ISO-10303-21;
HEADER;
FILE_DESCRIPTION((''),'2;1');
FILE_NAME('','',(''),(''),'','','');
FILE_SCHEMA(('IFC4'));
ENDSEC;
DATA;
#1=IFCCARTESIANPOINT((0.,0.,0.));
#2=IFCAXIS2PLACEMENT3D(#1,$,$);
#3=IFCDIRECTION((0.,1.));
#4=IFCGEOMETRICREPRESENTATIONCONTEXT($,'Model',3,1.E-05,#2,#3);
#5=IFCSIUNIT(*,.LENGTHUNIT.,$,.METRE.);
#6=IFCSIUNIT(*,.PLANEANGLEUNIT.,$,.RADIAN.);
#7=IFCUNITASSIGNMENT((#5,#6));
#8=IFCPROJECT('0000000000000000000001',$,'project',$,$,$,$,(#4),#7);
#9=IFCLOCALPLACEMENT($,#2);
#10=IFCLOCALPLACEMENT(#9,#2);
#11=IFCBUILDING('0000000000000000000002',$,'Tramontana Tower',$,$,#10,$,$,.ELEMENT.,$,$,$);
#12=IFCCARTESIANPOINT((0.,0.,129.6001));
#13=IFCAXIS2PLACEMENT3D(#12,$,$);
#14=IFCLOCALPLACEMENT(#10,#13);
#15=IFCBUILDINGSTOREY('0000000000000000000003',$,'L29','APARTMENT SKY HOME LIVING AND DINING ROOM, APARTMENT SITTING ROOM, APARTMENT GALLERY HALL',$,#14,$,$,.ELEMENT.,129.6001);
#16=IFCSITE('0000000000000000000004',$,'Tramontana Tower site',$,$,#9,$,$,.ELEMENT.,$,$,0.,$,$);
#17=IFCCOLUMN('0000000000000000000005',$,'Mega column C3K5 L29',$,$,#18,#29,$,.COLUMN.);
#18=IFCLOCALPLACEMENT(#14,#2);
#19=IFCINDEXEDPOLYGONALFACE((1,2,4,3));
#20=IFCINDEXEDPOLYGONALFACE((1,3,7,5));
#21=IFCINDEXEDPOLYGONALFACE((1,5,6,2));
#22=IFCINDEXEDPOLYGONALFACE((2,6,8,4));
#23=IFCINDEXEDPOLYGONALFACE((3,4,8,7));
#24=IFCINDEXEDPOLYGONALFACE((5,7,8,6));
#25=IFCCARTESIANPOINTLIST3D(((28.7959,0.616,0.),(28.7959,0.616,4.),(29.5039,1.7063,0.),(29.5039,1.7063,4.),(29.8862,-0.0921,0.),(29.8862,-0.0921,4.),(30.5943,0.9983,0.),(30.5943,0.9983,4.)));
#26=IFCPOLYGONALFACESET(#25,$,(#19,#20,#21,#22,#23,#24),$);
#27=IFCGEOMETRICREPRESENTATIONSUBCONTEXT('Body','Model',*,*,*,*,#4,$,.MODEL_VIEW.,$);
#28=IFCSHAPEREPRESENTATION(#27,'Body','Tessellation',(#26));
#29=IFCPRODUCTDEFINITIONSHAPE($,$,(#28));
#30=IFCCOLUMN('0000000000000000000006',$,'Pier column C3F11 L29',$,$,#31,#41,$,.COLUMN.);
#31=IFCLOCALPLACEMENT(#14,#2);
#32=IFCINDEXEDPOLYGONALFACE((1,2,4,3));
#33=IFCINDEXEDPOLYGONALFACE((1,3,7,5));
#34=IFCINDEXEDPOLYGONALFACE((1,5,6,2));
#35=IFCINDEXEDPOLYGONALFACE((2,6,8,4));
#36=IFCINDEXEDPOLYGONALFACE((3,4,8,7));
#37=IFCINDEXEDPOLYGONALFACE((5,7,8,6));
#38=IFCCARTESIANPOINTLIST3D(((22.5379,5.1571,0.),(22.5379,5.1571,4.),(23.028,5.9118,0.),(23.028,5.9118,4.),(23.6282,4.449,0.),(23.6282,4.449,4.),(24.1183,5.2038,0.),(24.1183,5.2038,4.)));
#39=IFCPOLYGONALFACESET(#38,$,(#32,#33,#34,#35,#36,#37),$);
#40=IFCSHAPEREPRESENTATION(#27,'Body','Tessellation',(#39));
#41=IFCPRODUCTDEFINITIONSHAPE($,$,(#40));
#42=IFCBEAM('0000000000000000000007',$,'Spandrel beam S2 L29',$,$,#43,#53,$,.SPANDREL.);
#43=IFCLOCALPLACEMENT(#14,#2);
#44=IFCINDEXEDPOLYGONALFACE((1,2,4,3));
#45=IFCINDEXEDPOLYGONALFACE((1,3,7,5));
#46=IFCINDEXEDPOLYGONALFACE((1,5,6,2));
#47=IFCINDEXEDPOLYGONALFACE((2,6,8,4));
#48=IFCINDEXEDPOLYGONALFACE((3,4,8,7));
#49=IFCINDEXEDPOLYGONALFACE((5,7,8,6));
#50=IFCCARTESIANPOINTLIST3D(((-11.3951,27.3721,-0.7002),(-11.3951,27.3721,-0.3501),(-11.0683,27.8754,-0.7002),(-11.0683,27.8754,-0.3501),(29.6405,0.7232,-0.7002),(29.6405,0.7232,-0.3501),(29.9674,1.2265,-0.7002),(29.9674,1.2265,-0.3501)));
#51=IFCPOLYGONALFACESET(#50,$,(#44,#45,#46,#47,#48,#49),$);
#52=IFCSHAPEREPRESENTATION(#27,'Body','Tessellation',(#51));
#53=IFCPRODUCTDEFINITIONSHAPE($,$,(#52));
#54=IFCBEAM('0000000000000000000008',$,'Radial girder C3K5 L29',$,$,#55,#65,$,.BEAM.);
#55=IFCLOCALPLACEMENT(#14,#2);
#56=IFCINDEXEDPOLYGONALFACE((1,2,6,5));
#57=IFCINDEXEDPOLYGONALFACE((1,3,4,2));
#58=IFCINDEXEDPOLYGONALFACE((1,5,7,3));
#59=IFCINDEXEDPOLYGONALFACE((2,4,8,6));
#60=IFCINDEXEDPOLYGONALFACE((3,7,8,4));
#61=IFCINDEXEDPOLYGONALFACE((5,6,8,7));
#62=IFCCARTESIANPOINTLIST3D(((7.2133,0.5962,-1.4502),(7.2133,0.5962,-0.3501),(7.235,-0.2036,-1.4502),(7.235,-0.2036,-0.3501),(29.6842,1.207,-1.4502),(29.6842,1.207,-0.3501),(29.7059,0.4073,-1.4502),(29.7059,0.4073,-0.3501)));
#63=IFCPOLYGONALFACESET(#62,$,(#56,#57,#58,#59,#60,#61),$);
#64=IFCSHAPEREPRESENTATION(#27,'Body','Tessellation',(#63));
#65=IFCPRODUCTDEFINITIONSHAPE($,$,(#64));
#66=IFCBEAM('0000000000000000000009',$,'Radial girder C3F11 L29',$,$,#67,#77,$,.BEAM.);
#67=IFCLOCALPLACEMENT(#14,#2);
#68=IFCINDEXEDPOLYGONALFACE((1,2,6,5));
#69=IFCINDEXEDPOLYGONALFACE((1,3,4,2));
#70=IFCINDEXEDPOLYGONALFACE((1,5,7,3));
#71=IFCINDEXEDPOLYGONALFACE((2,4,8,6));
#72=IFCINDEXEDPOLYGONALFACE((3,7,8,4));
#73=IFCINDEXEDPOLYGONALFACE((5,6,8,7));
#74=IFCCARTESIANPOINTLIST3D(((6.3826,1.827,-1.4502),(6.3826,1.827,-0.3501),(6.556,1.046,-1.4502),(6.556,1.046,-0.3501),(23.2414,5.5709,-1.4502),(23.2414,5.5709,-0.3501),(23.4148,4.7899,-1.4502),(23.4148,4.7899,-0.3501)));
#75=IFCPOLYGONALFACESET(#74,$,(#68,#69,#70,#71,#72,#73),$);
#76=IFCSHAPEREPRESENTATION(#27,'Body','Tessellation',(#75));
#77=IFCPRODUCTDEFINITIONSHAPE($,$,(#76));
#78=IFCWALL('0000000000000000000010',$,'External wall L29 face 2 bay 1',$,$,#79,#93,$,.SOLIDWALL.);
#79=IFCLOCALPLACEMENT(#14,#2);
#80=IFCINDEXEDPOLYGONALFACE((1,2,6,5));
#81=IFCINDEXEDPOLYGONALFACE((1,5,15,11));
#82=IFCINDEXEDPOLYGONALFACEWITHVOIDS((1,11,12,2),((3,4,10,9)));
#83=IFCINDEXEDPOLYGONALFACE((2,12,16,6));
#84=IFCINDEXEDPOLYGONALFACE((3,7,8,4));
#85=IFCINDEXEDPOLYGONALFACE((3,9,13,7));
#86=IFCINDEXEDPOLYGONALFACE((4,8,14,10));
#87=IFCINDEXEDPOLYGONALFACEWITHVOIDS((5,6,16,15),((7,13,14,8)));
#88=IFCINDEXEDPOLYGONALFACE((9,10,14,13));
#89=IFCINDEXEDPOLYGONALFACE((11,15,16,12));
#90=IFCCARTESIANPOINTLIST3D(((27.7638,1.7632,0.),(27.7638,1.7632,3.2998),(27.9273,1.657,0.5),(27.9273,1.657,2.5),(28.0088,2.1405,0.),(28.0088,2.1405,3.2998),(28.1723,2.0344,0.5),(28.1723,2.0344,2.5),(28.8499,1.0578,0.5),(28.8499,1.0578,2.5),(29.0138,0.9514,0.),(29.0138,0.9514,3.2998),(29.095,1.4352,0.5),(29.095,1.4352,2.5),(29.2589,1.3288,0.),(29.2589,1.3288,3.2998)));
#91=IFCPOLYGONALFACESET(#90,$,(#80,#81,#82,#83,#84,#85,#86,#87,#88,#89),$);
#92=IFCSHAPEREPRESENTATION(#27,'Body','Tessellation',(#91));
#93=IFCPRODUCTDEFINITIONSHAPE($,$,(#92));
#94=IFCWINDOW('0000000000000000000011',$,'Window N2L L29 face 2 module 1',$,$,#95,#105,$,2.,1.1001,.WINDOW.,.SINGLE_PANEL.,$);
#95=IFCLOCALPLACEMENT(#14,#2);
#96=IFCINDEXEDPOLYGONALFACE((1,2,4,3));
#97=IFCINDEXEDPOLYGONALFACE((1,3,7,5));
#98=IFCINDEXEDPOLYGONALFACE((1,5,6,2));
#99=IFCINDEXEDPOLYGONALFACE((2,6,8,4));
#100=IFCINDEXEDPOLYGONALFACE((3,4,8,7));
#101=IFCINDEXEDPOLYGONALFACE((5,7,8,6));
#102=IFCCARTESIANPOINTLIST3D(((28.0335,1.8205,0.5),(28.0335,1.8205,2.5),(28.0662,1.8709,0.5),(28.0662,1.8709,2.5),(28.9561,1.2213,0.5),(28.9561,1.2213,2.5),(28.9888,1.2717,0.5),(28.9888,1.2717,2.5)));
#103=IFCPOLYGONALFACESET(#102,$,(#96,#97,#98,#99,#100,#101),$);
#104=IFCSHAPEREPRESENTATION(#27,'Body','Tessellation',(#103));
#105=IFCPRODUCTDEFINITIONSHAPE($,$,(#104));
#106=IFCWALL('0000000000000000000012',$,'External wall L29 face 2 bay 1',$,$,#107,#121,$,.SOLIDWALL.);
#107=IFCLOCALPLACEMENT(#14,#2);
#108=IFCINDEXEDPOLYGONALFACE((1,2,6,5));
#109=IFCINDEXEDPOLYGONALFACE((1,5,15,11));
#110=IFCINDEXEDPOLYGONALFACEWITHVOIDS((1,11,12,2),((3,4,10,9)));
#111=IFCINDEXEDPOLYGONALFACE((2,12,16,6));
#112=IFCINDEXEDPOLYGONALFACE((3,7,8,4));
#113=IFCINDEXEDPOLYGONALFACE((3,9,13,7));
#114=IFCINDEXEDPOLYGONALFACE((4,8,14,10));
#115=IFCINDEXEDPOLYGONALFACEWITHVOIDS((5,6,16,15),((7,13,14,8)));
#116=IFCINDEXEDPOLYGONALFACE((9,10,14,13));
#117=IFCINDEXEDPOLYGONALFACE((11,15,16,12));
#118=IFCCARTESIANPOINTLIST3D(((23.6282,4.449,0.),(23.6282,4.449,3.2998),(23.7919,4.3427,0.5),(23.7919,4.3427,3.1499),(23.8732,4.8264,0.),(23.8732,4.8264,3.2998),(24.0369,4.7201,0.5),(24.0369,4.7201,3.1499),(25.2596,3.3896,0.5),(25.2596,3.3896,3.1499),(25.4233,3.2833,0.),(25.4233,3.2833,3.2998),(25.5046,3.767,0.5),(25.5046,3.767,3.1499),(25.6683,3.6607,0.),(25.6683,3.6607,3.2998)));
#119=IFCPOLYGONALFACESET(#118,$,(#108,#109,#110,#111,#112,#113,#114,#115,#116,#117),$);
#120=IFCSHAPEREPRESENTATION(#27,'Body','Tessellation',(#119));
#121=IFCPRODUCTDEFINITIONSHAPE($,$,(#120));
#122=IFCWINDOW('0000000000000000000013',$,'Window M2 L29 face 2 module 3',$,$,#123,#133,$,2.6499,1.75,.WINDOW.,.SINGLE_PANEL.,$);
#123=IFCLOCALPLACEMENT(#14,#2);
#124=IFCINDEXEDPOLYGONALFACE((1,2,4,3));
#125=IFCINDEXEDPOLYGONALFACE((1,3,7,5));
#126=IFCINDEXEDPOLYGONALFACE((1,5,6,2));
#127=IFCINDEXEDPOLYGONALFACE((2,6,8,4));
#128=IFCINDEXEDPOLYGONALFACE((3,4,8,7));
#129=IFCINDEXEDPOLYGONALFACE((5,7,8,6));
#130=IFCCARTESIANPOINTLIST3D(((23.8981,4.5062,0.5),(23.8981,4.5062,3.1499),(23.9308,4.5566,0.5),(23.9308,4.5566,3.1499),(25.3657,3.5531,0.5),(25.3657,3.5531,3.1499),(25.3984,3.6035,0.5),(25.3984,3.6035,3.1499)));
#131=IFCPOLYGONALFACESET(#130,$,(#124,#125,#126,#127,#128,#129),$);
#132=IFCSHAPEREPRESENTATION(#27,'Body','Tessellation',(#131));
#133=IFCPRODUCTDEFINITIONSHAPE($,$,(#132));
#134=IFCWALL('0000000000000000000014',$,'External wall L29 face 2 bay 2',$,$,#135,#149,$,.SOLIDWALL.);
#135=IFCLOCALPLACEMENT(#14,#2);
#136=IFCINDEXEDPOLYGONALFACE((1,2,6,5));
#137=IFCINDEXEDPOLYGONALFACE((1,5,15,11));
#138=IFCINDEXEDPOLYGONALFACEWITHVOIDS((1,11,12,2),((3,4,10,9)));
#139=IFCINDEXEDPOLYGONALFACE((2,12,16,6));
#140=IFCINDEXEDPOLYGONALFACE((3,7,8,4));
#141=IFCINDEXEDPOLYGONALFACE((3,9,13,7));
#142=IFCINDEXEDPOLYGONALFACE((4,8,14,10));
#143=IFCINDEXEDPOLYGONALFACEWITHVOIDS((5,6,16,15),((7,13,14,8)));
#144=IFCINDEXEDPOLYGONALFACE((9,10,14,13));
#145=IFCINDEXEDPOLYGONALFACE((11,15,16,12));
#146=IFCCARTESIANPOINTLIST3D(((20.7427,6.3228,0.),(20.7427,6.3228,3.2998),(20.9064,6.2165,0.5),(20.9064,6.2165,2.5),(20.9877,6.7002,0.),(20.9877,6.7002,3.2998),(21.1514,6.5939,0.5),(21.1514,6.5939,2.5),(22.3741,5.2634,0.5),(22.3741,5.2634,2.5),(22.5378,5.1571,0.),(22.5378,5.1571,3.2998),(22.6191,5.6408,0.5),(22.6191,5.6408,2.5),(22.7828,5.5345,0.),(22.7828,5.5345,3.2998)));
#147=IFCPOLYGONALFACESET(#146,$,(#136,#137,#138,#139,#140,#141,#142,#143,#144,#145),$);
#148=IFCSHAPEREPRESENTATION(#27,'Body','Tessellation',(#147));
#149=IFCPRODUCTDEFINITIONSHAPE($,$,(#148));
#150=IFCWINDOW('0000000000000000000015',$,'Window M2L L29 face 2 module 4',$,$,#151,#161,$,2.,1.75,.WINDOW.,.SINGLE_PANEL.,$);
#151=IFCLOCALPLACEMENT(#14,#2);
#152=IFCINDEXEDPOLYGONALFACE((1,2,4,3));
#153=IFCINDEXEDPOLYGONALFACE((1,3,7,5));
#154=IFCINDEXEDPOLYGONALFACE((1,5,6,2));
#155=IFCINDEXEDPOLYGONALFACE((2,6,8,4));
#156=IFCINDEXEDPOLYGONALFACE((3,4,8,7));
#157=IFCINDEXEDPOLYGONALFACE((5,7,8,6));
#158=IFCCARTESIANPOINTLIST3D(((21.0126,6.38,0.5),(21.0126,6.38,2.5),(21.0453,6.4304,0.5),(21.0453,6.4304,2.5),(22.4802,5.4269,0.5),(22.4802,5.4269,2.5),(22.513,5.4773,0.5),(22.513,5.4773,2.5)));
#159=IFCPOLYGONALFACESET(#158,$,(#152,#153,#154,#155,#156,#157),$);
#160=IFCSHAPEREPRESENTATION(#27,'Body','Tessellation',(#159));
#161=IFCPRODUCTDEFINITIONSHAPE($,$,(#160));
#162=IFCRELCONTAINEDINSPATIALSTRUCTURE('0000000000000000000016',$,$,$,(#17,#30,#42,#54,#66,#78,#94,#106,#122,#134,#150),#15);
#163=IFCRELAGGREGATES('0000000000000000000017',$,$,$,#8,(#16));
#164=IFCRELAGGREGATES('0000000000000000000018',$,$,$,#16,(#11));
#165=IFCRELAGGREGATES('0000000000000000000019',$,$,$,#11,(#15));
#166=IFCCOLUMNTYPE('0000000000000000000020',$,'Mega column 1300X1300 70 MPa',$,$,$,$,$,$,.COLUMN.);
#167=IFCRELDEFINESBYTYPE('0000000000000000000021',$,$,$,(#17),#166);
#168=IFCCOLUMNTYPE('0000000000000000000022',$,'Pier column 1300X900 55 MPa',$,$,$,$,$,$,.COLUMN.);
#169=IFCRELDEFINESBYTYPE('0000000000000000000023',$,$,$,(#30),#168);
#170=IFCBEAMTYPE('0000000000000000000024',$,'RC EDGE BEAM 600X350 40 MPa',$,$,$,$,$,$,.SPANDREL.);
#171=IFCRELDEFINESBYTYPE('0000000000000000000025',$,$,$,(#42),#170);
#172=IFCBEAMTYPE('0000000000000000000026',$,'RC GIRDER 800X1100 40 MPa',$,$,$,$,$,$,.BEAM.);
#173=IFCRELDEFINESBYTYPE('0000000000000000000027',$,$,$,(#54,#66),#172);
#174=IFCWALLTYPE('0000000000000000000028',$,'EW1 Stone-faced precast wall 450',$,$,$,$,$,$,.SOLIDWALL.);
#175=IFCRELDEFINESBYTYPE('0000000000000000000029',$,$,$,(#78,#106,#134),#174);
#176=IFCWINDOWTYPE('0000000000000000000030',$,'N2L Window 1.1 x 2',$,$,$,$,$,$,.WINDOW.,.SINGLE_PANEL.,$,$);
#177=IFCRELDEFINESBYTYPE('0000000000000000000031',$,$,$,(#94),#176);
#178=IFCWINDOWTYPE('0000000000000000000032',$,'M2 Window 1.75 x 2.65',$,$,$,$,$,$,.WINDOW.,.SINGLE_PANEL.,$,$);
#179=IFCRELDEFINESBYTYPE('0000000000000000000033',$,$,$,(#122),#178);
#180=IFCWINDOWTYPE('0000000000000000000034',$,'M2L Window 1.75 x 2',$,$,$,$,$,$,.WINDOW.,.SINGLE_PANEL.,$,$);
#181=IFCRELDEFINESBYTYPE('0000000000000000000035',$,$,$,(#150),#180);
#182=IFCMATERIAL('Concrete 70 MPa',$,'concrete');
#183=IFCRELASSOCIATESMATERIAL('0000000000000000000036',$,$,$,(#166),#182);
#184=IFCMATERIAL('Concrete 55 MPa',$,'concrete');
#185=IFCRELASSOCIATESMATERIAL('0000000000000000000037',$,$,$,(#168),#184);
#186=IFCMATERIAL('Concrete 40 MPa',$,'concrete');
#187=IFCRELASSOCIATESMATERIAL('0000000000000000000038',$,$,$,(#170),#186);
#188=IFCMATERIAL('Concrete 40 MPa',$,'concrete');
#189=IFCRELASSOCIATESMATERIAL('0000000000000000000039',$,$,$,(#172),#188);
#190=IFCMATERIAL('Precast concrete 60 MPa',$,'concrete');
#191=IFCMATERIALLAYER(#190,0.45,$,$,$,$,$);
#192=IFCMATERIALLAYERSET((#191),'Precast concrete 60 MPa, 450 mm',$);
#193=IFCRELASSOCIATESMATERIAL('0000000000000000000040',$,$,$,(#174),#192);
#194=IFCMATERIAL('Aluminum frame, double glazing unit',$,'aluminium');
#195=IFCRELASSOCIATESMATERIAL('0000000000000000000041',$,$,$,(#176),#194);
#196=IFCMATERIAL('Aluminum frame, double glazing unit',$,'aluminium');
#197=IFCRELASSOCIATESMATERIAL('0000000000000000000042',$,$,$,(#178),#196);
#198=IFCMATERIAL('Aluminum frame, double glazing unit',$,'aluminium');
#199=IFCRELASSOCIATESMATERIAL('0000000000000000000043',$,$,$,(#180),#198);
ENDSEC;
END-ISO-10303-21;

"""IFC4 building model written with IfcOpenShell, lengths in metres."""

from ifc_helpers import new_model, si_unit, direction, frame, frame_2d, origin, origin_2d, place, context, subcontext, project, spatial, rectangle, extrude, material, layer, layer_set, material_profile, profile_set, type_object, element, fill, save


model = new_model("IFC4")

# Units and contexts
model_context = context("Model", 3, precision=1e-05, world=origin(), true_north=direction((0.0, 1.0)))
body_context = subcontext(model_context, "Body", "Model", "MODEL_VIEW")
ifc_project = project(units=[si_unit("LENGTHUNIT", "METRE"), si_unit("PLANEANGLEUNIT", "RADIAN")], contexts=[model_context])

# Site, building, storey
site_placement = place(None, origin())
site = spatial("IfcSite", under=ifc_project, at=site_placement, Name="Tramontana Tower site", CompositionType="ELEMENT", RefElevation=0.0)
building_placement = place(site_placement, origin())
building = spatial("IfcBuilding", under=site, at=building_placement, Name="Tramontana Tower", CompositionType="ELEMENT")
storey_placement = place(building_placement, frame((0.0, 0.0, 129.6001)))
storey = spatial("IfcBuildingStorey", under=building, at=storey_placement, Name="L29", Description="APARTMENT SKY HOME LIVING AND DINING ROOM, APARTMENT SITTING ROOM, APARTMENT GALLERY HALL", CompositionType="ELEMENT", Elevation=129.6001)

# Columns
ifc_material_1 = material(Name="Concrete 70 MPa", Category="concrete")
ifc_material_profile_1 = material_profile(ifc_material_1, rectangle(XDim=1.3, YDim=1.3, at=origin_2d()), Name="Mega column 1300X1300 70 MPa")
ifc_profile_set_1 = profile_set([ifc_material_profile_1], Name="Concrete 70 MPa")
column_type_1 = type_object("IfcColumnType", Name="Mega column 1300X1300 70 MPa", PredefinedType="COLUMN", material=ifc_profile_set_1)
column_1_placement = place(storey_placement, frame((29.6951, 0.8071, 0.0), z_axis=(0.0, 0.0, 1.0), x_axis=(-0.838671, 0.544639, 0.0)))
element("IfcColumn", 1, at=column_1_placement, inside=storey, type_object=column_type_1, Name="Mega column C3K5 L29", PredefinedType="COLUMN", context=body_context, shape_type="SweptSolid", body=[
    extrude(rectangle(XDim=1.3, YDim=1.3, at=origin_2d()), origin(), (0.0, 0.0, 1.0), 4.0),
])
ifc_material_2 = material(Name="Concrete 55 MPa", Category="concrete")
ifc_material_profile_2 = material_profile(ifc_material_2, rectangle(XDim=1.3, YDim=0.8999, at=origin_2d()), Name="Pier column 1300X900 55 MPa")
ifc_profile_set_2 = profile_set([ifc_material_profile_2], Name="Concrete 55 MPa")
column_type_2 = type_object("IfcColumnType", Name="Pier column 1300X900 55 MPa", PredefinedType="COLUMN", material=ifc_profile_set_2)
column_2_placement = place(storey_placement, frame((23.3281, 5.1804, 0.0), z_axis=(0.0, 0.0, 1.0), x_axis=(-0.838671, 0.544639, 0.0)))
element("IfcColumn", 2, at=column_2_placement, inside=storey, type_object=column_type_2, Name="Pier column C3F11 L29", PredefinedType="COLUMN", context=body_context, shape_type="SweptSolid", body=[
    extrude(rectangle(XDim=1.3, YDim=0.8999, at=origin_2d()), origin(), (0.0, 0.0, 1.0), 4.0),
])

# Beams
ifc_material_3 = material(Name="Concrete 40 MPa", Category="concrete")
ifc_material_profile_3 = material_profile(ifc_material_3, rectangle(XDim=0.6001, YDim=0.3501, at=origin_2d()), Name="RC EDGE BEAM 600X350 40 MPa")
ifc_profile_set_3 = profile_set([ifc_material_profile_3], Name="Concrete 40 MPa")
beam_type_1 = type_object("IfcBeamType", Name="RC EDGE BEAM 600X350 40 MPa", PredefinedType="SPANDREL", material=ifc_profile_set_3)
beam_1_placement = place(storey_placement, frame((29.804, 0.9749, -0.5251), z_axis=(-0.83867, 0.54464, 0.0), x_axis=(-0.54464, -0.83867, 0.0)))
element("IfcBeam", 3, at=beam_1_placement, inside=storey, type_object=beam_type_1, Name="Spandrel beam S2 L29", PredefinedType="SPANDREL", context=body_context, shape_type="SweptSolid", body=[
    extrude(rectangle(XDim=0.6001, YDim=0.3501, at=origin_2d()), origin(), (0.0, 0.0, 1.0), 48.9294),
])
ifc_material_4 = material(Name="Concrete 40 MPa", Category="concrete")
ifc_material_profile_4 = material_profile(ifc_material_4, rectangle(XDim=0.8, YDim=1.1001, at=origin_2d()), Name="RC GIRDER 800X1100 40 MPa")
ifc_profile_set_4 = profile_set([ifc_material_profile_4], Name="Concrete 40 MPa")
beam_type_2 = type_object("IfcBeamType", Name="RC GIRDER 800X1100 40 MPa", PredefinedType="BEAM", material=ifc_profile_set_4)
beam_2_placement = place(storey_placement, frame((29.6951, 0.8071, -0.9001), z_axis=(-0.999631, -0.027173, 0.0), x_axis=(0.027173, -0.999631, 0.0)))
element("IfcBeam", 4, at=beam_2_placement, inside=storey, type_object=beam_type_2, Name="Radial girder C3K5 L29", PredefinedType="BEAM", context=body_context, shape_type="SweptSolid", body=[
    extrude(rectangle(XDim=0.8, YDim=1.1001, at=origin_2d()), origin(), (0.0, 0.0, 1.0), 22.4792),
])
beam_3_placement = place(storey_placement, frame((23.3281, 5.1804, -0.9001), z_axis=(-0.976218, -0.216791, 0.0), x_axis=(0.216791, -0.976218, 0.0)))
element("IfcBeam", 5, at=beam_3_placement, inside=storey, type_object=beam_type_2, Name="Radial girder C3F11 L29", PredefinedType="BEAM", context=body_context, shape_type="SweptSolid", body=[
    extrude(rectangle(XDim=0.8, YDim=1.1001, at=origin_2d()), origin(), (0.0, 0.0, 1.0), 17.2695),
])

# Walls, openings, windows
ifc_material_5 = material(Name="Precast concrete 60 MPa", Category="concrete")
ifc_layer_1 = layer(ifc_material_5, 0.45)
ifc_layer_set_1 = layer_set([ifc_layer_1], Name="Precast concrete 60 MPa, 450 mm")
wall_type_1 = type_object("IfcWallType", Name="EW1 Stone-faced precast wall 450", PredefinedType="SOLIDWALL", material=ifc_layer_set_1)
wall_1_placement = place(storey_placement, frame((29.1362, 1.1401, 0.0), z_axis=(0.0, 0.0, 1.0), x_axis=(-0.838668, 0.544643, 0.0)))
wall_1 = element("IfcWall", 6, at=wall_1_placement, inside=storey, type_object=wall_type_1, Name="External wall L29 face 2 bay 1", PredefinedType="SOLIDWALL", context=body_context, shape_type="SweptSolid", body=[
    extrude(rectangle(XDim=1.4905, YDim=0.45, at=frame_2d((0.7451, 0.0))), origin(), (0.0, 0.0, 1.0), 3.2998),
])
opening_1_placement = place(wall_1_placement, frame((0.1953, 0.0, 0.5)))
opening_1 = element("IfcOpeningElement", 7, at=opening_1_placement, cuts=wall_1, PredefinedType="OPENING", context=body_context, shape_type="SweptSolid", body=[
    extrude(rectangle(XDim=1.1001, YDim=2.0, at=frame_2d((0.55, 1.0))), frame((0.0, 0.2349, 0.0), z_axis=(0.0, -1.0, 0.0), x_axis=(1.0, 0.0, 0.0)), (0.0, 0.0, 1.0), 0.47),
])
ifc_material_6 = material(Name="Aluminum frame, double glazing unit", Category="aluminium")
window_type_1 = type_object("IfcWindowType", Name="N2L Window 1.1 x 2", PartitioningType="SINGLE_PANEL", PredefinedType="WINDOW", material=ifc_material_6)
window_1_placement = place(opening_1_placement, origin())
window_1 = element("IfcWindow", 8, at=window_1_placement, inside=storey, type_object=window_type_1, Name="Window N2L L29 face 2 module 1", OverallHeight=2.0, OverallWidth=1.1001, PartitioningType="SINGLE_PANEL", PredefinedType="WINDOW", context=body_context, shape_type="SweptSolid", body=[
    extrude(rectangle(XDim=1.1001, YDim=2.0, at=frame_2d((0.55, 1.0))), frame((0.0, 0.03, 0.0), z_axis=(0.0, -1.0, 0.0), x_axis=(1.0, 0.0, 0.0)), (0.0, 0.0, 1.0), 0.0601),
])
fill(opening_1, window_1)
wall_2_placement = place(storey_placement, frame((25.5459, 3.4719, 0.0), z_axis=(0.0, 0.0, 1.0), x_axis=(-0.838675, 0.544631, 0.0)))
wall_2 = element("IfcWall", 9, at=wall_2_placement, inside=storey, type_object=wall_type_1, Name="External wall L29 face 2 bay 1", PredefinedType="SOLIDWALL", context=body_context, shape_type="SweptSolid", body=[
    extrude(rectangle(XDim=2.1404, YDim=0.45, at=frame_2d((1.0703, 0.0))), origin(), (0.0, 0.0, 1.0), 3.2998),
])
opening_2_placement = place(wall_2_placement, frame((0.1953, 0.0, 0.5)))
opening_2 = element("IfcOpeningElement", 10, at=opening_2_placement, cuts=wall_2, PredefinedType="OPENING", context=body_context, shape_type="SweptSolid", body=[
    extrude(rectangle(XDim=1.75, YDim=2.6499, at=frame_2d((0.875, 1.325))), frame((0.0, 0.2349, 0.0), z_axis=(0.0, -1.0, 0.0), x_axis=(1.0, 0.0, 0.0)), (0.0, 0.0, 1.0), 0.47),
])
ifc_material_7 = material(Name="Aluminum frame, double glazing unit", Category="aluminium")
window_type_2 = type_object("IfcWindowType", Name="M2 Window 1.75 x 2.65", PartitioningType="SINGLE_PANEL", PredefinedType="WINDOW", material=ifc_material_7)
window_2_placement = place(opening_2_placement, origin())
window_2 = element("IfcWindow", 11, at=window_2_placement, inside=storey, type_object=window_type_2, Name="Window M2 L29 face 2 module 3", OverallHeight=2.6499, OverallWidth=1.75, PartitioningType="SINGLE_PANEL", PredefinedType="WINDOW", context=body_context, shape_type="SweptSolid", body=[
    extrude(rectangle(XDim=1.75, YDim=2.6499, at=frame_2d((0.875, 1.325))), frame((0.0, 0.03, 0.0), z_axis=(0.0, -1.0, 0.0), x_axis=(1.0, 0.0, 0.0)), (0.0, 0.0, 1.0), 0.0601),
])
fill(opening_2, window_2)
wall_3_placement = place(storey_placement, frame((22.6604, 5.3457, 0.0), z_axis=(0.0, 0.0, 1.0), x_axis=(-0.838675, 0.544631, 0.0)))
wall_3 = element("IfcWall", 12, at=wall_3_placement, inside=storey, type_object=wall_type_1, Name="External wall L29 face 2 bay 2", PredefinedType="SOLIDWALL", context=body_context, shape_type="SweptSolid", body=[
    extrude(rectangle(XDim=2.1404, YDim=0.45, at=frame_2d((1.0703, 0.0))), origin(), (0.0, 0.0, 1.0), 3.2998),
])
opening_3_placement = place(wall_3_placement, frame((0.1953, 0.0, 0.5)))
opening_3 = element("IfcOpeningElement", 13, at=opening_3_placement, cuts=wall_3, PredefinedType="OPENING", context=body_context, shape_type="SweptSolid", body=[
    extrude(rectangle(XDim=1.75, YDim=2.0, at=frame_2d((0.875, 1.0))), frame((0.0, 0.2349, 0.0), z_axis=(0.0, -1.0, 0.0), x_axis=(1.0, 0.0, 0.0)), (0.0, 0.0, 1.0), 0.47),
])
ifc_material_8 = material(Name="Aluminum frame, double glazing unit", Category="aluminium")
window_type_3 = type_object("IfcWindowType", Name="M2L Window 1.75 x 2", PartitioningType="SINGLE_PANEL", PredefinedType="WINDOW", material=ifc_material_8)
window_3_placement = place(opening_3_placement, origin())
window_3 = element("IfcWindow", 14, at=window_3_placement, inside=storey, type_object=window_type_3, Name="Window M2L L29 face 2 module 4", OverallHeight=2.0, OverallWidth=1.75, PartitioningType="SINGLE_PANEL", PredefinedType="WINDOW", context=body_context, shape_type="SweptSolid", body=[
    extrude(rectangle(XDim=1.75, YDim=2.0, at=frame_2d((0.875, 1.0))), frame((0.0, 0.03, 0.0), z_axis=(0.0, -1.0, 0.0), x_axis=(1.0, 0.0, 0.0)), (0.0, 0.0, 1.0), 0.0601),
])
fill(opening_3, window_3)

save(model, "model.ifc")
